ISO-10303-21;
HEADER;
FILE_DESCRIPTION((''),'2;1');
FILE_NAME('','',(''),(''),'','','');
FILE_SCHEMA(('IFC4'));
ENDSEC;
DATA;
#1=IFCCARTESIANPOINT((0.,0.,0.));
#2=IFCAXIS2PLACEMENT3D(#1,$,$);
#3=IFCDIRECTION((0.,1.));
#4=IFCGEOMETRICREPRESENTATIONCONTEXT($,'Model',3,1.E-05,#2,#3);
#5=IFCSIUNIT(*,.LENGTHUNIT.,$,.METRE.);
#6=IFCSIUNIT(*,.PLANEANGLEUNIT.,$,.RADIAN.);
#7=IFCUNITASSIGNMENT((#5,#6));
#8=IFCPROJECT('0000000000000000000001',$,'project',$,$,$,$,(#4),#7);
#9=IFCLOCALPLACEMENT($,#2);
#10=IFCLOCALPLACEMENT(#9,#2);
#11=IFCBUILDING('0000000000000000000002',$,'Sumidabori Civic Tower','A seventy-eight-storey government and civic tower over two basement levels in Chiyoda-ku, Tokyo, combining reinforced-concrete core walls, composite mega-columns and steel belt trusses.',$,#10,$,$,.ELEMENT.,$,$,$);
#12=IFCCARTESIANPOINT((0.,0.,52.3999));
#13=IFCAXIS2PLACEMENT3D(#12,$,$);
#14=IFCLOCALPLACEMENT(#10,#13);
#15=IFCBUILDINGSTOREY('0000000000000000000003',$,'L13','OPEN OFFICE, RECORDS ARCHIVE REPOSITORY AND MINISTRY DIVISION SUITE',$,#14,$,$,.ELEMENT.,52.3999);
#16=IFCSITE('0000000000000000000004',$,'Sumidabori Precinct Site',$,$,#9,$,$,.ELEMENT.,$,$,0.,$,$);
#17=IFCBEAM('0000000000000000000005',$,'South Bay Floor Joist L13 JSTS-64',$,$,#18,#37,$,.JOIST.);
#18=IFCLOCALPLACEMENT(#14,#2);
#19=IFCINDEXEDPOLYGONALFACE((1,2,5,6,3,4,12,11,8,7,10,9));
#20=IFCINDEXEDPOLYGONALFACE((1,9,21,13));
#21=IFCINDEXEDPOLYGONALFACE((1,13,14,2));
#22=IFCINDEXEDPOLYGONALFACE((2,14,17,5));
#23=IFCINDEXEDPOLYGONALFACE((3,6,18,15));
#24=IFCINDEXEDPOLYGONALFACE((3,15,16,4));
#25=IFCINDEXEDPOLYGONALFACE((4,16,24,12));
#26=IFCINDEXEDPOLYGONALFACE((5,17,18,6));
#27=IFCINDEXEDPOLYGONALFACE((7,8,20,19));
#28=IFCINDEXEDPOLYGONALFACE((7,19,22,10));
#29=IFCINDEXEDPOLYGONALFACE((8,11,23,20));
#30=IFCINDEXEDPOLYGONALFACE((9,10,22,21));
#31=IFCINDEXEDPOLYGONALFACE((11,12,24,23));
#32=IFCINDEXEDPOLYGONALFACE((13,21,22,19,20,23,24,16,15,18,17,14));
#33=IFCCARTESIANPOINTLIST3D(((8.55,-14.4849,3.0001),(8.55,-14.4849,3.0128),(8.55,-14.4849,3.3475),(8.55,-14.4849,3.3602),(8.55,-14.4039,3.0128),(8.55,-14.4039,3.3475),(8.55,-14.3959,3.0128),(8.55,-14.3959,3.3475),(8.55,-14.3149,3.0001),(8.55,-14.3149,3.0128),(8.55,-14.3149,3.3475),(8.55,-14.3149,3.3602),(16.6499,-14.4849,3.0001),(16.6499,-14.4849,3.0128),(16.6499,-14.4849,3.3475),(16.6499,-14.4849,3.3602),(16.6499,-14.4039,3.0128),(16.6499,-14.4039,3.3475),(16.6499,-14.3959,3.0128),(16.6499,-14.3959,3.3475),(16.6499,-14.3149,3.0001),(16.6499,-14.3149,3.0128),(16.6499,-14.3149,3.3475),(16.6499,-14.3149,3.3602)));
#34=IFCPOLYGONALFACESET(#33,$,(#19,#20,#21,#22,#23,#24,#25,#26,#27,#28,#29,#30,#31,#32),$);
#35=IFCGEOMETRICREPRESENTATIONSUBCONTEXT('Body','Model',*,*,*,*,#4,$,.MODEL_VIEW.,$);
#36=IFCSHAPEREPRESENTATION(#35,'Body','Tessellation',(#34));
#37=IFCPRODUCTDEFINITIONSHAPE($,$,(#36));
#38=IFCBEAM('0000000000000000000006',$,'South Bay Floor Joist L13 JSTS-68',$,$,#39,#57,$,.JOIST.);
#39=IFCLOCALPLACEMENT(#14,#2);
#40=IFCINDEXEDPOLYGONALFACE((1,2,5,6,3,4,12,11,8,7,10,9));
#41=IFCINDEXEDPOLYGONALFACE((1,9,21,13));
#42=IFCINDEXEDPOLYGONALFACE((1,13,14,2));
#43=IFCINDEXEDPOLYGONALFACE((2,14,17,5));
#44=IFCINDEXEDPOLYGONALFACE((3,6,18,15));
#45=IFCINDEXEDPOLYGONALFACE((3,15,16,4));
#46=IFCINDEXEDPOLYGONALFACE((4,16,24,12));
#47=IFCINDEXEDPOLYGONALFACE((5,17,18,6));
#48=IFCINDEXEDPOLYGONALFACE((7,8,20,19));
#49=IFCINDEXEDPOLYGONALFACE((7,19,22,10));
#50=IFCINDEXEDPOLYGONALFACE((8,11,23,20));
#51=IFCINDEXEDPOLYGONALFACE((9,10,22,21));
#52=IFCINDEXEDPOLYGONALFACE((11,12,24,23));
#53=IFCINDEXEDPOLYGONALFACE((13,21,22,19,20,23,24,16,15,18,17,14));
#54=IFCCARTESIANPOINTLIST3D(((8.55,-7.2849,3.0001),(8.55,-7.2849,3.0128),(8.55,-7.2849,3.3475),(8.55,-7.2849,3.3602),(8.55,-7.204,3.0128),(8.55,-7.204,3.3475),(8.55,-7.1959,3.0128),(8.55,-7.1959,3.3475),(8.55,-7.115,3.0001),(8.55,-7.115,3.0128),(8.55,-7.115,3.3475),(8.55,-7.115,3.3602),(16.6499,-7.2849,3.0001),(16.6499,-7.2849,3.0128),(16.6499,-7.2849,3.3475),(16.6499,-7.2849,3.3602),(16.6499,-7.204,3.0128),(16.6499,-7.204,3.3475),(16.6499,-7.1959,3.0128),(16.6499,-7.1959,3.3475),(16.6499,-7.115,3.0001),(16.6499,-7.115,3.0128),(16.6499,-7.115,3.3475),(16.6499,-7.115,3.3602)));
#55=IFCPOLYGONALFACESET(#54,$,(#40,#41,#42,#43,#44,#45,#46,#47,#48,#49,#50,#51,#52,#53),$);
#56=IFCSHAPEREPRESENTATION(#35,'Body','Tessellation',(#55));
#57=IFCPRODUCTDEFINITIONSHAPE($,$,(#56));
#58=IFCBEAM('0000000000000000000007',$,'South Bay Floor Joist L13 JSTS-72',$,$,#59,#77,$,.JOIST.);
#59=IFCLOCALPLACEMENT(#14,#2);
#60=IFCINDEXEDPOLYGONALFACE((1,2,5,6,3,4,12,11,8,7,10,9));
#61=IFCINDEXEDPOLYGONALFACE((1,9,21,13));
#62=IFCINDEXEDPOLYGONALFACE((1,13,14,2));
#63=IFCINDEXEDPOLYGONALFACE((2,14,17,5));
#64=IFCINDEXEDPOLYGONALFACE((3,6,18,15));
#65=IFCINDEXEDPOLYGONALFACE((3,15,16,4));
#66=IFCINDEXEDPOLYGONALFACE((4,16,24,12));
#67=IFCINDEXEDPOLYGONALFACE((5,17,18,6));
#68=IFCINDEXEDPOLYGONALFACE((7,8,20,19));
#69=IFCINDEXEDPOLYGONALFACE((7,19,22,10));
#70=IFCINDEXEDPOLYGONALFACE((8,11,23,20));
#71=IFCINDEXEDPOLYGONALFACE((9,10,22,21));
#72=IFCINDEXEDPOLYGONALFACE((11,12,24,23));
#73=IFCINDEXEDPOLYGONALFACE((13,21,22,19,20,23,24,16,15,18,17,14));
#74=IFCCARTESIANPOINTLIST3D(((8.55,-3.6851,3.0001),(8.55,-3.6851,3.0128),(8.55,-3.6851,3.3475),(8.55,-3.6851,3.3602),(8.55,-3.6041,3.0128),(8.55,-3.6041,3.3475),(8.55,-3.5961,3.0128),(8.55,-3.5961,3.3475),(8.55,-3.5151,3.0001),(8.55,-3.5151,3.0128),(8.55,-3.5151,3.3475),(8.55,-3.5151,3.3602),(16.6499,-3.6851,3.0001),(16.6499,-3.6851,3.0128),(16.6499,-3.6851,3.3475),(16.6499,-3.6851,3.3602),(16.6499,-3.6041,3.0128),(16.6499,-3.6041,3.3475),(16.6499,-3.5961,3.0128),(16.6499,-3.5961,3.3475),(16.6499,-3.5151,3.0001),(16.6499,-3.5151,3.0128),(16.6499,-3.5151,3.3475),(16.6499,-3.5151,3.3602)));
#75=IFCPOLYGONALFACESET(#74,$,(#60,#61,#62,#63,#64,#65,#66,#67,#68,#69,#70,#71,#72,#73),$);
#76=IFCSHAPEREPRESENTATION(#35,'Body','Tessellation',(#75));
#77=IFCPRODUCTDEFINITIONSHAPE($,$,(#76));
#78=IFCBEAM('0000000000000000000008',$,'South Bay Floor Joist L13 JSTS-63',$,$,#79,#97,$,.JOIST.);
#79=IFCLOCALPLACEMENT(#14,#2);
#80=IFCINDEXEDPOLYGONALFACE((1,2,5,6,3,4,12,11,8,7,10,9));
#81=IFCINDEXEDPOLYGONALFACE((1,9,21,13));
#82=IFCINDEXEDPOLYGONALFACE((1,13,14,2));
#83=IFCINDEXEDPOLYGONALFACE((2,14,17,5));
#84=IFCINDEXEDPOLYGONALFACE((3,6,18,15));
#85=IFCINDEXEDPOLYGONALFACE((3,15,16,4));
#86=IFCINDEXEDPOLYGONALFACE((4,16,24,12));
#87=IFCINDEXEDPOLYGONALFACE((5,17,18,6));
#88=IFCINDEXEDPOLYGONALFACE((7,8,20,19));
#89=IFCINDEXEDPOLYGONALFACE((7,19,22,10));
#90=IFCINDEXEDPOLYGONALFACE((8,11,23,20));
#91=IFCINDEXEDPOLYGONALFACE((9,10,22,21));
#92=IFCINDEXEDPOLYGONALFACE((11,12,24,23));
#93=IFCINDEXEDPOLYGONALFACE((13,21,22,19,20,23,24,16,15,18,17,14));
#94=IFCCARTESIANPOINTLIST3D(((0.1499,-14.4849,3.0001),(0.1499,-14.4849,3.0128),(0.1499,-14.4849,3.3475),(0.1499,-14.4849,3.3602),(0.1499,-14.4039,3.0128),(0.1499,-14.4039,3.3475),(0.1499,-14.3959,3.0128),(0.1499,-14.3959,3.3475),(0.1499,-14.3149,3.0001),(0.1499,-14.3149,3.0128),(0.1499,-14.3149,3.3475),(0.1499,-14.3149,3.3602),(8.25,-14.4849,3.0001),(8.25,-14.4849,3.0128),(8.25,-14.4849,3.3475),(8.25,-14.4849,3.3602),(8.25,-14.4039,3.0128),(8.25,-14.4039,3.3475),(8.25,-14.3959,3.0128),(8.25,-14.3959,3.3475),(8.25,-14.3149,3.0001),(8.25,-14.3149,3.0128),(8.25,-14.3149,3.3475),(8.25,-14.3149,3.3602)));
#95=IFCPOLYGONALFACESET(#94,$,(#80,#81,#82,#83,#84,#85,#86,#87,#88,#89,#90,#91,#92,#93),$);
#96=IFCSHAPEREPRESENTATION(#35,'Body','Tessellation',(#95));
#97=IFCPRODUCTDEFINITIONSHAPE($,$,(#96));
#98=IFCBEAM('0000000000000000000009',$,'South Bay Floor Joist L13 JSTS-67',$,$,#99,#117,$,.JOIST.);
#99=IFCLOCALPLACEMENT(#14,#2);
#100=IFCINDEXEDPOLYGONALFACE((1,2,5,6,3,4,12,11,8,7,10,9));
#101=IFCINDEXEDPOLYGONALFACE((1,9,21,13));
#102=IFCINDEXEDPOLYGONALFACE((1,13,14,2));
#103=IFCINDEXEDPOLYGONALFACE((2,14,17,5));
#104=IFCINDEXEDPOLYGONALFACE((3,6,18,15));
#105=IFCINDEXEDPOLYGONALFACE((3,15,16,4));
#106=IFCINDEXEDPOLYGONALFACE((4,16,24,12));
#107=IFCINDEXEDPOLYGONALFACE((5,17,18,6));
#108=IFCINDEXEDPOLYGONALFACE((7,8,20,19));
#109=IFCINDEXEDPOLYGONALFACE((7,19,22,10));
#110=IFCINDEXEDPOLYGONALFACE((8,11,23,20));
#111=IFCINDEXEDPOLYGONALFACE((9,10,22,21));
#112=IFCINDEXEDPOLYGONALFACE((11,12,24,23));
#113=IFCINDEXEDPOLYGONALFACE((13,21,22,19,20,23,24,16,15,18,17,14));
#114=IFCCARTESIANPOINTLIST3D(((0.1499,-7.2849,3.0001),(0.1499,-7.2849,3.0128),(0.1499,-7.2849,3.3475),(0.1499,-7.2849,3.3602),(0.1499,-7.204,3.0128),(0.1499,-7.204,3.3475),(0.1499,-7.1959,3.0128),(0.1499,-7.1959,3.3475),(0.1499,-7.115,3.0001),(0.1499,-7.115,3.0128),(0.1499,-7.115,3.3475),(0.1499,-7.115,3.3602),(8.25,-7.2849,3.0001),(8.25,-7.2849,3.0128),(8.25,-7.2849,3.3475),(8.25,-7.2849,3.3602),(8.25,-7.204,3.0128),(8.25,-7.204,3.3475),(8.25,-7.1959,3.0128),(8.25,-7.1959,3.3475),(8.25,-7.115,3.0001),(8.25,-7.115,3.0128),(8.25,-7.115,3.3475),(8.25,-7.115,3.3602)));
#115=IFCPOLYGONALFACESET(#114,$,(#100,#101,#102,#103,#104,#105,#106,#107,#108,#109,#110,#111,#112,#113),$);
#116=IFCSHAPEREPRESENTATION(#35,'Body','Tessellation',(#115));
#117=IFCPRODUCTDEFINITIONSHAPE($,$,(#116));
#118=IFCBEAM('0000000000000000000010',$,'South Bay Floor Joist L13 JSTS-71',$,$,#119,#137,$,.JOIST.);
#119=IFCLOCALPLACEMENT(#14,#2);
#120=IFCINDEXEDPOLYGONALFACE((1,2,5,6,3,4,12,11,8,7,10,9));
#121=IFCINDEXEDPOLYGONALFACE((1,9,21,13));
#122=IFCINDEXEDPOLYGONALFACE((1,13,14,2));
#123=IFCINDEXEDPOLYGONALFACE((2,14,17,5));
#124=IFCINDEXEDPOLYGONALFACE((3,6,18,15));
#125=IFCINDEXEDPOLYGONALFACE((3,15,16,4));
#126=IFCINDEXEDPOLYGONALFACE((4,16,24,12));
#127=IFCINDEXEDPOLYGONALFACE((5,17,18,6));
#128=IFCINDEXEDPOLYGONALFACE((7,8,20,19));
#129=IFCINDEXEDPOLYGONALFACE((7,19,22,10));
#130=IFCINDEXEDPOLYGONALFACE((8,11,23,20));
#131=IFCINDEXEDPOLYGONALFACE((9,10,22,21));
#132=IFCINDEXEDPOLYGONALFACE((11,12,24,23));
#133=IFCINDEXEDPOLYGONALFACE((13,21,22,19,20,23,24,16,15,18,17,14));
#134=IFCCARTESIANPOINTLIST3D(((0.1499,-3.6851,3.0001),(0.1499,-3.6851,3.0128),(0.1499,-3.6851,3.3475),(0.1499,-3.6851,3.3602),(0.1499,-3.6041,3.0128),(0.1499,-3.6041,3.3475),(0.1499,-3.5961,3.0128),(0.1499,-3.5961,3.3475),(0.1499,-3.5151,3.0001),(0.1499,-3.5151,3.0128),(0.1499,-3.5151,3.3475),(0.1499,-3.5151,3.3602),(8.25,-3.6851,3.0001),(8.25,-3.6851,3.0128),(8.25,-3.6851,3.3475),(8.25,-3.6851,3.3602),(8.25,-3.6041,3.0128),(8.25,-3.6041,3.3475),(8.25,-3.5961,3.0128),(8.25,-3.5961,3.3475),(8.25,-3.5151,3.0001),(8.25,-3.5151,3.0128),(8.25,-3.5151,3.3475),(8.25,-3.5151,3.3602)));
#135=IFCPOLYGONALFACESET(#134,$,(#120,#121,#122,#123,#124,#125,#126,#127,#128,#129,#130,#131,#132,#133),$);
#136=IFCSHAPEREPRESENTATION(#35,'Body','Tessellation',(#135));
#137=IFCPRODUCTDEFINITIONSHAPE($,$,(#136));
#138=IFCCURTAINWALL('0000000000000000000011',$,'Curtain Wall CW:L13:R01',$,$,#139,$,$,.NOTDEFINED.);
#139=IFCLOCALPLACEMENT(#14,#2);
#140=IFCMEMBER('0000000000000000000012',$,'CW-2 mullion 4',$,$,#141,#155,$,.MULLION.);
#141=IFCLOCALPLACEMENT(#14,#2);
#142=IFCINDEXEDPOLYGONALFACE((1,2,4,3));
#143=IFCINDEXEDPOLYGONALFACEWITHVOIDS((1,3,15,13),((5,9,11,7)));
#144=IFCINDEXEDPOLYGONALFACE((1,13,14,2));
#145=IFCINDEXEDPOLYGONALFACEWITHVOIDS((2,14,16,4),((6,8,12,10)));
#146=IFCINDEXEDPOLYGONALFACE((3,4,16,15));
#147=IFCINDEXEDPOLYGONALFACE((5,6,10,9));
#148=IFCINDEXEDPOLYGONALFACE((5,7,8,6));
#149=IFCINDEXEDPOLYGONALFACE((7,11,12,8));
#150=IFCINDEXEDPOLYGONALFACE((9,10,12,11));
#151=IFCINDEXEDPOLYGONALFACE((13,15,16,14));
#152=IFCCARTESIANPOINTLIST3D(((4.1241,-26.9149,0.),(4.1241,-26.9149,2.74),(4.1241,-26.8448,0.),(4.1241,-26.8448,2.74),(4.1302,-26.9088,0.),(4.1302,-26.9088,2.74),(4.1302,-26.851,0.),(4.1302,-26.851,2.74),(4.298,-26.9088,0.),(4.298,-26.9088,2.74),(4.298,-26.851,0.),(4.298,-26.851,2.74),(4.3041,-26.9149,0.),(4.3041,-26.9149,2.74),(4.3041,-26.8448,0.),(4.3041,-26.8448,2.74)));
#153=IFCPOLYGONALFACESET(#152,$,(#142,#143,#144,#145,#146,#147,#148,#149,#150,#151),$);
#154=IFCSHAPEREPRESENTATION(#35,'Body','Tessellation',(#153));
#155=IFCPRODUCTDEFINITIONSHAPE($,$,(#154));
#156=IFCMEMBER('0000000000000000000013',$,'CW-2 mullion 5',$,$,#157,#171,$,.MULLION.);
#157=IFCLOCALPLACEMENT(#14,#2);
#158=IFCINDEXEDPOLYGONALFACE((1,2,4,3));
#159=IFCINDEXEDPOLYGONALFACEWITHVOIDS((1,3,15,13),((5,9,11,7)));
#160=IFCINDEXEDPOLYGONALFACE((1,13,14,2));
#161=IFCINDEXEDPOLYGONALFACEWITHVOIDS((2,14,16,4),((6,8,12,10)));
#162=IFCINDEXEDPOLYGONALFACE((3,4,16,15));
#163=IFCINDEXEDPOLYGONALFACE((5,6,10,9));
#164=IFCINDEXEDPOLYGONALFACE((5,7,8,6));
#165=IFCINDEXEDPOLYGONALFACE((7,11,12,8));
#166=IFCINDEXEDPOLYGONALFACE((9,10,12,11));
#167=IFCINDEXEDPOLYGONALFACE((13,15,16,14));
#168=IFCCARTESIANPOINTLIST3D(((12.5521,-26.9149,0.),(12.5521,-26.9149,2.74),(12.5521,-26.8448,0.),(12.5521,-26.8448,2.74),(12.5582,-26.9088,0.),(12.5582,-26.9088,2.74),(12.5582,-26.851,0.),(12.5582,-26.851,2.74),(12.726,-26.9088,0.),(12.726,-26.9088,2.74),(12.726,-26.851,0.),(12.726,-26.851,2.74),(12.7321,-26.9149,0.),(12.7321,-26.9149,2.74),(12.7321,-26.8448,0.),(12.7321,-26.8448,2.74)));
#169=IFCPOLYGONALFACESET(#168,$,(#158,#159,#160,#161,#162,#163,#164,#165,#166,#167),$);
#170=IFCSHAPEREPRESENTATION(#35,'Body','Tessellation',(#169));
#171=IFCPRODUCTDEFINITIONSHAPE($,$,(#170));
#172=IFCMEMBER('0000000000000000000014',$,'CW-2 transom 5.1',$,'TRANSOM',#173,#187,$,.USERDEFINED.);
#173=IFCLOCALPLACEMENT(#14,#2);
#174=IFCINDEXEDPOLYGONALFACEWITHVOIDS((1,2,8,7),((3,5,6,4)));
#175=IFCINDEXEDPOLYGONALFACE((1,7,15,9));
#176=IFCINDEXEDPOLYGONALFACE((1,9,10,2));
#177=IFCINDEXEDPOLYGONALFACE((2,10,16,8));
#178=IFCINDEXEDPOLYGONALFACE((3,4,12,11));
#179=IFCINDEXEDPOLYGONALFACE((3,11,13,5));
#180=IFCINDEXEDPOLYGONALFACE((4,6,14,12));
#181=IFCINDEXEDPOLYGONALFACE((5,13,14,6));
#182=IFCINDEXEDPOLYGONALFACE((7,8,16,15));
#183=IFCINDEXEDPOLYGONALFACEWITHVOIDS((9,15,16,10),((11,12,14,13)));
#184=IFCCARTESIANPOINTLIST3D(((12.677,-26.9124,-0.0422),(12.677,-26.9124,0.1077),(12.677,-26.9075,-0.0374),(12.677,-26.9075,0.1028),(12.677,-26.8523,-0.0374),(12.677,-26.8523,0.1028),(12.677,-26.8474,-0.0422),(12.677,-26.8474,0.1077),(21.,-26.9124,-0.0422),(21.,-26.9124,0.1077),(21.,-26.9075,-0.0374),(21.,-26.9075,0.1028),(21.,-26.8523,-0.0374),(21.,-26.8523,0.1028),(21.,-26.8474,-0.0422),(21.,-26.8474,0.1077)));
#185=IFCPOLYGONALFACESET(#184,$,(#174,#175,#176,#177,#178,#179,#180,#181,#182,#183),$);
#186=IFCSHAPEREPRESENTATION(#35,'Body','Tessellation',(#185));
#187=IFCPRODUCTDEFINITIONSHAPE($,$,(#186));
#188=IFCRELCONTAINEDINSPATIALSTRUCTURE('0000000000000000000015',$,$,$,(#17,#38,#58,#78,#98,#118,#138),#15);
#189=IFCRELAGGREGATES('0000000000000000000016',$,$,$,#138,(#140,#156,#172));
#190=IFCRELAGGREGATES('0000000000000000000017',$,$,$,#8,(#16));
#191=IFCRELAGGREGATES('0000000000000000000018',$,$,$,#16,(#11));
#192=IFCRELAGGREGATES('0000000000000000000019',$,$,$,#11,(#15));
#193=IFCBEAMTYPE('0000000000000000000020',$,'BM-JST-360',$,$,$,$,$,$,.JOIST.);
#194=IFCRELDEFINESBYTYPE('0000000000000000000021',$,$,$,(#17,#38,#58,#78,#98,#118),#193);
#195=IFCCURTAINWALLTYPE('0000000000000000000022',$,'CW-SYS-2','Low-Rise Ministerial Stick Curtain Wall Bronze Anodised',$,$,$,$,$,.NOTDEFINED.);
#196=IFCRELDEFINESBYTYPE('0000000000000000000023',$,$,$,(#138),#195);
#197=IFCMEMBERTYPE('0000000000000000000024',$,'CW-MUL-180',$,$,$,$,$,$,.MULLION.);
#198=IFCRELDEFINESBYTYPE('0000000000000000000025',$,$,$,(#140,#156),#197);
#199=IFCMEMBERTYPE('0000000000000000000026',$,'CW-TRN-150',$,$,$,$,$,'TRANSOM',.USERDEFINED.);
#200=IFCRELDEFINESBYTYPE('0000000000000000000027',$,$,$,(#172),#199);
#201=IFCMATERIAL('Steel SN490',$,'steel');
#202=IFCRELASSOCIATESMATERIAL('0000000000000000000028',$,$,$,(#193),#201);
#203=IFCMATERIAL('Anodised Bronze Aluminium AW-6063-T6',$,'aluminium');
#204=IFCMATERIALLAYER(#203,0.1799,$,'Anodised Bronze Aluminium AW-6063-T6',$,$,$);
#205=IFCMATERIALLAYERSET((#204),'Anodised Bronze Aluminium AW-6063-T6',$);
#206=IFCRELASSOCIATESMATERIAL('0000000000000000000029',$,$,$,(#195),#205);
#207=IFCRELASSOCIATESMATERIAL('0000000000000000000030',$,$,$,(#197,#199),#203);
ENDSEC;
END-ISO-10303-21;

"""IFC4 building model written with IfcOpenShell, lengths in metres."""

from ifc_helpers import new_model, si_unit, direction, frame, origin, origin_2d, place, context, subcontext, project, spatial, hollow_rectangle, i_section, extrude, source, transform, mapped, material, layer, layer_set, material_profile, profile_set, type_object, element, aggregate, save


model = new_model("IFC4")

# Units and contexts
model_context = context("Model", 3, precision=1e-05, world=origin(), true_north=direction((0.0, 1.0)))
body_context = subcontext(model_context, "Body", "Model", "MODEL_VIEW")
ifc_project = project(units=[si_unit("LENGTHUNIT", "METRE"), si_unit("PLANEANGLEUNIT", "RADIAN")], contexts=[model_context])

# Site, building, storey
site_placement = place(None, origin())
site = spatial("IfcSite", under=ifc_project, at=site_placement, Name="Sumidabori Precinct Site", CompositionType="ELEMENT", RefElevation=0.0)
building_placement = place(site_placement, origin())
building = spatial("IfcBuilding", under=site, at=building_placement, Name="Sumidabori Civic Tower", Description="A seventy-eight-storey government and civic tower over two basement levels in Chiyoda-ku, Tokyo, combining reinforced-concrete core walls, composite mega-columns and steel belt trusses.", CompositionType="ELEMENT")
storey_placement = place(building_placement, frame((0.0, 0.0, 52.3999)))
storey = spatial("IfcBuildingStorey", under=building, at=storey_placement, Name="L13", Description="OPEN OFFICE, RECORDS ARCHIVE REPOSITORY AND MINISTRY DIVISION SUITE", CompositionType="ELEMENT", Elevation=52.3999)

# Beams
ifc_material_1 = material(Name="Steel SN490", Category="steel")
ifc_material_profile_1 = material_profile(ifc_material_1, i_section(OverallWidth=0.1699, OverallDepth=0.3601, WebThickness=0.0081, FlangeThickness=0.0127, at=origin_2d()), Name="IPE 360")
ifc_profile_set_1 = profile_set([ifc_material_profile_1], Name="Steel SN490")
beam_type_1 = type_object("IfcBeamType", Name="BM-JST-360", PredefinedType="JOIST", material=ifc_profile_set_1)
shared_shape_1 = source(origin(), body_context, "Body", "SweptSolid", [
    extrude(i_section(OverallWidth=0.1699, OverallDepth=0.3601, WebThickness=0.0081, FlangeThickness=0.0127, at=origin_2d()), origin(), (0.0, 0.0, 1.0), 8.0999),
])
for number, where, z_axis, x_axis, name in (
    (1, (8.55, -14.3999, 3.1802), (1.0, 0.0, 0.0), (0.0, 1.0, 0.0), "South Bay Floor Joist L13 JSTS-64"),
    (2, (8.55, -7.2, 3.1802), (1.0, 0.0, 0.0), (0.0, 1.0, 0.0), "South Bay Floor Joist L13 JSTS-68"),
    (3, (8.55, -3.6001, 3.1802), (1.0, 0.0, 0.0), (0.0, 1.0, 0.0), "South Bay Floor Joist L13 JSTS-72"),
):
    element("IfcBeam", number, at=place(storey_placement, frame(where, z_axis=z_axis, x_axis=x_axis)), inside=storey, type_object=beam_type_1, Name=name, PredefinedType="JOIST", context=body_context, shape_type="MappedRepresentation", body=[
        mapped(shared_shape_1, transform((0.0, 0.0, 0.0), x_axis=(1.0, 0.0, 0.0), y_axis=(0.0, 1.0, 0.0), z_axis=(0.0, 0.0, 1.0), scale=1.0)),
    ])
shared_shape_2 = source(origin(), body_context, "Body", "SweptSolid", [
    extrude(i_section(OverallWidth=0.1699, OverallDepth=0.3601, WebThickness=0.0081, FlangeThickness=0.0127, at=origin_2d()), origin(), (0.0, 0.0, 1.0), 8.1001),
])
for number, where, z_axis, x_axis, name in (
    (4, (0.1499, -14.3999, 3.1802), (1.0, 0.0, 0.0), (0.0, 1.0, 0.0), "South Bay Floor Joist L13 JSTS-63"),
    (5, (0.1499, -7.2, 3.1802), (1.0, 0.0, 0.0), (0.0, 1.0, 0.0), "South Bay Floor Joist L13 JSTS-67"),
    (6, (0.1499, -3.6001, 3.1802), (1.0, 0.0, 0.0), (0.0, 1.0, 0.0), "South Bay Floor Joist L13 JSTS-71"),
):
    element("IfcBeam", number, at=place(storey_placement, frame(where, z_axis=z_axis, x_axis=x_axis)), inside=storey, type_object=beam_type_1, Name=name, PredefinedType="JOIST", context=body_context, shape_type="MappedRepresentation", body=[
        mapped(shared_shape_2, transform((0.0, 0.0, 0.0), x_axis=(1.0, 0.0, 0.0), y_axis=(0.0, 1.0, 0.0), z_axis=(0.0, 0.0, 1.0), scale=1.0)),
    ])

# Curtain wall, members
ifc_material_2 = material(Name="Anodised Bronze Aluminium AW-6063-T6", Category="aluminium")
ifc_layer_1 = layer(ifc_material_2, 0.1799, Name="Anodised Bronze Aluminium AW-6063-T6")
ifc_layer_set_1 = layer_set([ifc_layer_1], Name="Anodised Bronze Aluminium AW-6063-T6")
curtain_wall_type = type_object("IfcCurtainWallType", Name="CW-SYS-2", Description="Low-Rise Ministerial Stick Curtain Wall Bronze Anodised", PredefinedType="NOTDEFINED", material=ifc_layer_set_1)
curtain_wall_placement = place(storey_placement, origin())
curtain_wall = element("IfcCurtainWall", 7, at=curtain_wall_placement, inside=storey, type_object=curtain_wall_type, Name="Curtain Wall CW:L13:R01", PredefinedType="NOTDEFINED")
ifc_material_profile_2 = material_profile(ifc_material_2, hollow_rectangle(XDim=0.0701, YDim=0.1799, WallThickness=0.0061, at=origin_2d()), Name="ALU MULLION 180x70")
ifc_profile_set_2 = profile_set([ifc_material_profile_2], Name="Anodised Bronze Aluminium AW-6063-T6")
member_type_1 = type_object("IfcMemberType", Name="CW-MUL-180", PredefinedType="MULLION", material=ifc_profile_set_2)
shared_shape_3 = source(origin(), body_context, "Body", "SweptSolid", [
    extrude(hollow_rectangle(XDim=0.0701, YDim=0.1799, WallThickness=0.0061, at=origin_2d()), origin(), (0.0, 0.0, 1.0), 2.74),
])
member_1_placement = place(storey_placement, frame((4.2141, -26.8799, 0.0), z_axis=(0.0, 0.0, 1.0), x_axis=(0.0, 1.0, 0.0)))
member_1 = element("IfcMember", 8, at=member_1_placement, type_object=member_type_1, Name="CW-2 mullion 4", PredefinedType="MULLION", context=body_context, shape_type="MappedRepresentation", body=[
    mapped(shared_shape_3, transform((0.0, 0.0, 0.0), x_axis=(1.0, 0.0, 0.0), y_axis=(0.0, 1.0, 0.0), z_axis=(0.0, 0.0, 1.0), scale=1.0)),
])
member_2_placement = place(storey_placement, frame((12.6421, -26.8799, 0.0), z_axis=(0.0, 0.0, 1.0), x_axis=(0.0, 1.0, 0.0)))
member_2 = element("IfcMember", 9, at=member_2_placement, type_object=member_type_1, Name="CW-2 mullion 5", PredefinedType="MULLION", context=body_context, shape_type="MappedRepresentation", body=[
    mapped(shared_shape_3, transform((0.0, 0.0, 0.0), x_axis=(1.0, 0.0, 0.0), y_axis=(0.0, 1.0, 0.0), z_axis=(0.0, 0.0, 1.0), scale=1.0)),
])
ifc_material_profile_3 = material_profile(ifc_material_2, hollow_rectangle(XDim=0.0649, YDim=0.1499, WallThickness=0.0049, at=origin_2d()), Name="ALU TRANSOM 150x65")
ifc_profile_set_3 = profile_set([ifc_material_profile_3], Name="Anodised Bronze Aluminium AW-6063-T6")
member_type_2 = type_object("IfcMemberType", Name="CW-TRN-150", ElementType="TRANSOM", PredefinedType="USERDEFINED", material=ifc_profile_set_3)
shared_shape_4 = source(origin(), body_context, "Body", "SweptSolid", [
    extrude(hollow_rectangle(XDim=0.0649, YDim=0.1499, WallThickness=0.0049, at=origin_2d()), origin(), (0.0, 0.0, 1.0), 8.323),
])
member_3_placement = place(storey_placement, frame((12.677, -26.8799, 0.0327), z_axis=(1.0, 0.0, 0.0), x_axis=(0.0, 1.0, 0.0)))
member_3 = element("IfcMember", 10, at=member_3_placement, type_object=member_type_2, Name="CW-2 transom 5.1", ObjectType="TRANSOM", PredefinedType="USERDEFINED", context=body_context, shape_type="MappedRepresentation", body=[
    mapped(shared_shape_4, transform((0.0, 0.0, 0.0), x_axis=(1.0, 0.0, 0.0), y_axis=(0.0, 1.0, 0.0), z_axis=(0.0, 0.0, 1.0), scale=1.0)),
])
aggregate(curtain_wall, [member_1, member_2, member_3])

save(model, "model.ifc")
